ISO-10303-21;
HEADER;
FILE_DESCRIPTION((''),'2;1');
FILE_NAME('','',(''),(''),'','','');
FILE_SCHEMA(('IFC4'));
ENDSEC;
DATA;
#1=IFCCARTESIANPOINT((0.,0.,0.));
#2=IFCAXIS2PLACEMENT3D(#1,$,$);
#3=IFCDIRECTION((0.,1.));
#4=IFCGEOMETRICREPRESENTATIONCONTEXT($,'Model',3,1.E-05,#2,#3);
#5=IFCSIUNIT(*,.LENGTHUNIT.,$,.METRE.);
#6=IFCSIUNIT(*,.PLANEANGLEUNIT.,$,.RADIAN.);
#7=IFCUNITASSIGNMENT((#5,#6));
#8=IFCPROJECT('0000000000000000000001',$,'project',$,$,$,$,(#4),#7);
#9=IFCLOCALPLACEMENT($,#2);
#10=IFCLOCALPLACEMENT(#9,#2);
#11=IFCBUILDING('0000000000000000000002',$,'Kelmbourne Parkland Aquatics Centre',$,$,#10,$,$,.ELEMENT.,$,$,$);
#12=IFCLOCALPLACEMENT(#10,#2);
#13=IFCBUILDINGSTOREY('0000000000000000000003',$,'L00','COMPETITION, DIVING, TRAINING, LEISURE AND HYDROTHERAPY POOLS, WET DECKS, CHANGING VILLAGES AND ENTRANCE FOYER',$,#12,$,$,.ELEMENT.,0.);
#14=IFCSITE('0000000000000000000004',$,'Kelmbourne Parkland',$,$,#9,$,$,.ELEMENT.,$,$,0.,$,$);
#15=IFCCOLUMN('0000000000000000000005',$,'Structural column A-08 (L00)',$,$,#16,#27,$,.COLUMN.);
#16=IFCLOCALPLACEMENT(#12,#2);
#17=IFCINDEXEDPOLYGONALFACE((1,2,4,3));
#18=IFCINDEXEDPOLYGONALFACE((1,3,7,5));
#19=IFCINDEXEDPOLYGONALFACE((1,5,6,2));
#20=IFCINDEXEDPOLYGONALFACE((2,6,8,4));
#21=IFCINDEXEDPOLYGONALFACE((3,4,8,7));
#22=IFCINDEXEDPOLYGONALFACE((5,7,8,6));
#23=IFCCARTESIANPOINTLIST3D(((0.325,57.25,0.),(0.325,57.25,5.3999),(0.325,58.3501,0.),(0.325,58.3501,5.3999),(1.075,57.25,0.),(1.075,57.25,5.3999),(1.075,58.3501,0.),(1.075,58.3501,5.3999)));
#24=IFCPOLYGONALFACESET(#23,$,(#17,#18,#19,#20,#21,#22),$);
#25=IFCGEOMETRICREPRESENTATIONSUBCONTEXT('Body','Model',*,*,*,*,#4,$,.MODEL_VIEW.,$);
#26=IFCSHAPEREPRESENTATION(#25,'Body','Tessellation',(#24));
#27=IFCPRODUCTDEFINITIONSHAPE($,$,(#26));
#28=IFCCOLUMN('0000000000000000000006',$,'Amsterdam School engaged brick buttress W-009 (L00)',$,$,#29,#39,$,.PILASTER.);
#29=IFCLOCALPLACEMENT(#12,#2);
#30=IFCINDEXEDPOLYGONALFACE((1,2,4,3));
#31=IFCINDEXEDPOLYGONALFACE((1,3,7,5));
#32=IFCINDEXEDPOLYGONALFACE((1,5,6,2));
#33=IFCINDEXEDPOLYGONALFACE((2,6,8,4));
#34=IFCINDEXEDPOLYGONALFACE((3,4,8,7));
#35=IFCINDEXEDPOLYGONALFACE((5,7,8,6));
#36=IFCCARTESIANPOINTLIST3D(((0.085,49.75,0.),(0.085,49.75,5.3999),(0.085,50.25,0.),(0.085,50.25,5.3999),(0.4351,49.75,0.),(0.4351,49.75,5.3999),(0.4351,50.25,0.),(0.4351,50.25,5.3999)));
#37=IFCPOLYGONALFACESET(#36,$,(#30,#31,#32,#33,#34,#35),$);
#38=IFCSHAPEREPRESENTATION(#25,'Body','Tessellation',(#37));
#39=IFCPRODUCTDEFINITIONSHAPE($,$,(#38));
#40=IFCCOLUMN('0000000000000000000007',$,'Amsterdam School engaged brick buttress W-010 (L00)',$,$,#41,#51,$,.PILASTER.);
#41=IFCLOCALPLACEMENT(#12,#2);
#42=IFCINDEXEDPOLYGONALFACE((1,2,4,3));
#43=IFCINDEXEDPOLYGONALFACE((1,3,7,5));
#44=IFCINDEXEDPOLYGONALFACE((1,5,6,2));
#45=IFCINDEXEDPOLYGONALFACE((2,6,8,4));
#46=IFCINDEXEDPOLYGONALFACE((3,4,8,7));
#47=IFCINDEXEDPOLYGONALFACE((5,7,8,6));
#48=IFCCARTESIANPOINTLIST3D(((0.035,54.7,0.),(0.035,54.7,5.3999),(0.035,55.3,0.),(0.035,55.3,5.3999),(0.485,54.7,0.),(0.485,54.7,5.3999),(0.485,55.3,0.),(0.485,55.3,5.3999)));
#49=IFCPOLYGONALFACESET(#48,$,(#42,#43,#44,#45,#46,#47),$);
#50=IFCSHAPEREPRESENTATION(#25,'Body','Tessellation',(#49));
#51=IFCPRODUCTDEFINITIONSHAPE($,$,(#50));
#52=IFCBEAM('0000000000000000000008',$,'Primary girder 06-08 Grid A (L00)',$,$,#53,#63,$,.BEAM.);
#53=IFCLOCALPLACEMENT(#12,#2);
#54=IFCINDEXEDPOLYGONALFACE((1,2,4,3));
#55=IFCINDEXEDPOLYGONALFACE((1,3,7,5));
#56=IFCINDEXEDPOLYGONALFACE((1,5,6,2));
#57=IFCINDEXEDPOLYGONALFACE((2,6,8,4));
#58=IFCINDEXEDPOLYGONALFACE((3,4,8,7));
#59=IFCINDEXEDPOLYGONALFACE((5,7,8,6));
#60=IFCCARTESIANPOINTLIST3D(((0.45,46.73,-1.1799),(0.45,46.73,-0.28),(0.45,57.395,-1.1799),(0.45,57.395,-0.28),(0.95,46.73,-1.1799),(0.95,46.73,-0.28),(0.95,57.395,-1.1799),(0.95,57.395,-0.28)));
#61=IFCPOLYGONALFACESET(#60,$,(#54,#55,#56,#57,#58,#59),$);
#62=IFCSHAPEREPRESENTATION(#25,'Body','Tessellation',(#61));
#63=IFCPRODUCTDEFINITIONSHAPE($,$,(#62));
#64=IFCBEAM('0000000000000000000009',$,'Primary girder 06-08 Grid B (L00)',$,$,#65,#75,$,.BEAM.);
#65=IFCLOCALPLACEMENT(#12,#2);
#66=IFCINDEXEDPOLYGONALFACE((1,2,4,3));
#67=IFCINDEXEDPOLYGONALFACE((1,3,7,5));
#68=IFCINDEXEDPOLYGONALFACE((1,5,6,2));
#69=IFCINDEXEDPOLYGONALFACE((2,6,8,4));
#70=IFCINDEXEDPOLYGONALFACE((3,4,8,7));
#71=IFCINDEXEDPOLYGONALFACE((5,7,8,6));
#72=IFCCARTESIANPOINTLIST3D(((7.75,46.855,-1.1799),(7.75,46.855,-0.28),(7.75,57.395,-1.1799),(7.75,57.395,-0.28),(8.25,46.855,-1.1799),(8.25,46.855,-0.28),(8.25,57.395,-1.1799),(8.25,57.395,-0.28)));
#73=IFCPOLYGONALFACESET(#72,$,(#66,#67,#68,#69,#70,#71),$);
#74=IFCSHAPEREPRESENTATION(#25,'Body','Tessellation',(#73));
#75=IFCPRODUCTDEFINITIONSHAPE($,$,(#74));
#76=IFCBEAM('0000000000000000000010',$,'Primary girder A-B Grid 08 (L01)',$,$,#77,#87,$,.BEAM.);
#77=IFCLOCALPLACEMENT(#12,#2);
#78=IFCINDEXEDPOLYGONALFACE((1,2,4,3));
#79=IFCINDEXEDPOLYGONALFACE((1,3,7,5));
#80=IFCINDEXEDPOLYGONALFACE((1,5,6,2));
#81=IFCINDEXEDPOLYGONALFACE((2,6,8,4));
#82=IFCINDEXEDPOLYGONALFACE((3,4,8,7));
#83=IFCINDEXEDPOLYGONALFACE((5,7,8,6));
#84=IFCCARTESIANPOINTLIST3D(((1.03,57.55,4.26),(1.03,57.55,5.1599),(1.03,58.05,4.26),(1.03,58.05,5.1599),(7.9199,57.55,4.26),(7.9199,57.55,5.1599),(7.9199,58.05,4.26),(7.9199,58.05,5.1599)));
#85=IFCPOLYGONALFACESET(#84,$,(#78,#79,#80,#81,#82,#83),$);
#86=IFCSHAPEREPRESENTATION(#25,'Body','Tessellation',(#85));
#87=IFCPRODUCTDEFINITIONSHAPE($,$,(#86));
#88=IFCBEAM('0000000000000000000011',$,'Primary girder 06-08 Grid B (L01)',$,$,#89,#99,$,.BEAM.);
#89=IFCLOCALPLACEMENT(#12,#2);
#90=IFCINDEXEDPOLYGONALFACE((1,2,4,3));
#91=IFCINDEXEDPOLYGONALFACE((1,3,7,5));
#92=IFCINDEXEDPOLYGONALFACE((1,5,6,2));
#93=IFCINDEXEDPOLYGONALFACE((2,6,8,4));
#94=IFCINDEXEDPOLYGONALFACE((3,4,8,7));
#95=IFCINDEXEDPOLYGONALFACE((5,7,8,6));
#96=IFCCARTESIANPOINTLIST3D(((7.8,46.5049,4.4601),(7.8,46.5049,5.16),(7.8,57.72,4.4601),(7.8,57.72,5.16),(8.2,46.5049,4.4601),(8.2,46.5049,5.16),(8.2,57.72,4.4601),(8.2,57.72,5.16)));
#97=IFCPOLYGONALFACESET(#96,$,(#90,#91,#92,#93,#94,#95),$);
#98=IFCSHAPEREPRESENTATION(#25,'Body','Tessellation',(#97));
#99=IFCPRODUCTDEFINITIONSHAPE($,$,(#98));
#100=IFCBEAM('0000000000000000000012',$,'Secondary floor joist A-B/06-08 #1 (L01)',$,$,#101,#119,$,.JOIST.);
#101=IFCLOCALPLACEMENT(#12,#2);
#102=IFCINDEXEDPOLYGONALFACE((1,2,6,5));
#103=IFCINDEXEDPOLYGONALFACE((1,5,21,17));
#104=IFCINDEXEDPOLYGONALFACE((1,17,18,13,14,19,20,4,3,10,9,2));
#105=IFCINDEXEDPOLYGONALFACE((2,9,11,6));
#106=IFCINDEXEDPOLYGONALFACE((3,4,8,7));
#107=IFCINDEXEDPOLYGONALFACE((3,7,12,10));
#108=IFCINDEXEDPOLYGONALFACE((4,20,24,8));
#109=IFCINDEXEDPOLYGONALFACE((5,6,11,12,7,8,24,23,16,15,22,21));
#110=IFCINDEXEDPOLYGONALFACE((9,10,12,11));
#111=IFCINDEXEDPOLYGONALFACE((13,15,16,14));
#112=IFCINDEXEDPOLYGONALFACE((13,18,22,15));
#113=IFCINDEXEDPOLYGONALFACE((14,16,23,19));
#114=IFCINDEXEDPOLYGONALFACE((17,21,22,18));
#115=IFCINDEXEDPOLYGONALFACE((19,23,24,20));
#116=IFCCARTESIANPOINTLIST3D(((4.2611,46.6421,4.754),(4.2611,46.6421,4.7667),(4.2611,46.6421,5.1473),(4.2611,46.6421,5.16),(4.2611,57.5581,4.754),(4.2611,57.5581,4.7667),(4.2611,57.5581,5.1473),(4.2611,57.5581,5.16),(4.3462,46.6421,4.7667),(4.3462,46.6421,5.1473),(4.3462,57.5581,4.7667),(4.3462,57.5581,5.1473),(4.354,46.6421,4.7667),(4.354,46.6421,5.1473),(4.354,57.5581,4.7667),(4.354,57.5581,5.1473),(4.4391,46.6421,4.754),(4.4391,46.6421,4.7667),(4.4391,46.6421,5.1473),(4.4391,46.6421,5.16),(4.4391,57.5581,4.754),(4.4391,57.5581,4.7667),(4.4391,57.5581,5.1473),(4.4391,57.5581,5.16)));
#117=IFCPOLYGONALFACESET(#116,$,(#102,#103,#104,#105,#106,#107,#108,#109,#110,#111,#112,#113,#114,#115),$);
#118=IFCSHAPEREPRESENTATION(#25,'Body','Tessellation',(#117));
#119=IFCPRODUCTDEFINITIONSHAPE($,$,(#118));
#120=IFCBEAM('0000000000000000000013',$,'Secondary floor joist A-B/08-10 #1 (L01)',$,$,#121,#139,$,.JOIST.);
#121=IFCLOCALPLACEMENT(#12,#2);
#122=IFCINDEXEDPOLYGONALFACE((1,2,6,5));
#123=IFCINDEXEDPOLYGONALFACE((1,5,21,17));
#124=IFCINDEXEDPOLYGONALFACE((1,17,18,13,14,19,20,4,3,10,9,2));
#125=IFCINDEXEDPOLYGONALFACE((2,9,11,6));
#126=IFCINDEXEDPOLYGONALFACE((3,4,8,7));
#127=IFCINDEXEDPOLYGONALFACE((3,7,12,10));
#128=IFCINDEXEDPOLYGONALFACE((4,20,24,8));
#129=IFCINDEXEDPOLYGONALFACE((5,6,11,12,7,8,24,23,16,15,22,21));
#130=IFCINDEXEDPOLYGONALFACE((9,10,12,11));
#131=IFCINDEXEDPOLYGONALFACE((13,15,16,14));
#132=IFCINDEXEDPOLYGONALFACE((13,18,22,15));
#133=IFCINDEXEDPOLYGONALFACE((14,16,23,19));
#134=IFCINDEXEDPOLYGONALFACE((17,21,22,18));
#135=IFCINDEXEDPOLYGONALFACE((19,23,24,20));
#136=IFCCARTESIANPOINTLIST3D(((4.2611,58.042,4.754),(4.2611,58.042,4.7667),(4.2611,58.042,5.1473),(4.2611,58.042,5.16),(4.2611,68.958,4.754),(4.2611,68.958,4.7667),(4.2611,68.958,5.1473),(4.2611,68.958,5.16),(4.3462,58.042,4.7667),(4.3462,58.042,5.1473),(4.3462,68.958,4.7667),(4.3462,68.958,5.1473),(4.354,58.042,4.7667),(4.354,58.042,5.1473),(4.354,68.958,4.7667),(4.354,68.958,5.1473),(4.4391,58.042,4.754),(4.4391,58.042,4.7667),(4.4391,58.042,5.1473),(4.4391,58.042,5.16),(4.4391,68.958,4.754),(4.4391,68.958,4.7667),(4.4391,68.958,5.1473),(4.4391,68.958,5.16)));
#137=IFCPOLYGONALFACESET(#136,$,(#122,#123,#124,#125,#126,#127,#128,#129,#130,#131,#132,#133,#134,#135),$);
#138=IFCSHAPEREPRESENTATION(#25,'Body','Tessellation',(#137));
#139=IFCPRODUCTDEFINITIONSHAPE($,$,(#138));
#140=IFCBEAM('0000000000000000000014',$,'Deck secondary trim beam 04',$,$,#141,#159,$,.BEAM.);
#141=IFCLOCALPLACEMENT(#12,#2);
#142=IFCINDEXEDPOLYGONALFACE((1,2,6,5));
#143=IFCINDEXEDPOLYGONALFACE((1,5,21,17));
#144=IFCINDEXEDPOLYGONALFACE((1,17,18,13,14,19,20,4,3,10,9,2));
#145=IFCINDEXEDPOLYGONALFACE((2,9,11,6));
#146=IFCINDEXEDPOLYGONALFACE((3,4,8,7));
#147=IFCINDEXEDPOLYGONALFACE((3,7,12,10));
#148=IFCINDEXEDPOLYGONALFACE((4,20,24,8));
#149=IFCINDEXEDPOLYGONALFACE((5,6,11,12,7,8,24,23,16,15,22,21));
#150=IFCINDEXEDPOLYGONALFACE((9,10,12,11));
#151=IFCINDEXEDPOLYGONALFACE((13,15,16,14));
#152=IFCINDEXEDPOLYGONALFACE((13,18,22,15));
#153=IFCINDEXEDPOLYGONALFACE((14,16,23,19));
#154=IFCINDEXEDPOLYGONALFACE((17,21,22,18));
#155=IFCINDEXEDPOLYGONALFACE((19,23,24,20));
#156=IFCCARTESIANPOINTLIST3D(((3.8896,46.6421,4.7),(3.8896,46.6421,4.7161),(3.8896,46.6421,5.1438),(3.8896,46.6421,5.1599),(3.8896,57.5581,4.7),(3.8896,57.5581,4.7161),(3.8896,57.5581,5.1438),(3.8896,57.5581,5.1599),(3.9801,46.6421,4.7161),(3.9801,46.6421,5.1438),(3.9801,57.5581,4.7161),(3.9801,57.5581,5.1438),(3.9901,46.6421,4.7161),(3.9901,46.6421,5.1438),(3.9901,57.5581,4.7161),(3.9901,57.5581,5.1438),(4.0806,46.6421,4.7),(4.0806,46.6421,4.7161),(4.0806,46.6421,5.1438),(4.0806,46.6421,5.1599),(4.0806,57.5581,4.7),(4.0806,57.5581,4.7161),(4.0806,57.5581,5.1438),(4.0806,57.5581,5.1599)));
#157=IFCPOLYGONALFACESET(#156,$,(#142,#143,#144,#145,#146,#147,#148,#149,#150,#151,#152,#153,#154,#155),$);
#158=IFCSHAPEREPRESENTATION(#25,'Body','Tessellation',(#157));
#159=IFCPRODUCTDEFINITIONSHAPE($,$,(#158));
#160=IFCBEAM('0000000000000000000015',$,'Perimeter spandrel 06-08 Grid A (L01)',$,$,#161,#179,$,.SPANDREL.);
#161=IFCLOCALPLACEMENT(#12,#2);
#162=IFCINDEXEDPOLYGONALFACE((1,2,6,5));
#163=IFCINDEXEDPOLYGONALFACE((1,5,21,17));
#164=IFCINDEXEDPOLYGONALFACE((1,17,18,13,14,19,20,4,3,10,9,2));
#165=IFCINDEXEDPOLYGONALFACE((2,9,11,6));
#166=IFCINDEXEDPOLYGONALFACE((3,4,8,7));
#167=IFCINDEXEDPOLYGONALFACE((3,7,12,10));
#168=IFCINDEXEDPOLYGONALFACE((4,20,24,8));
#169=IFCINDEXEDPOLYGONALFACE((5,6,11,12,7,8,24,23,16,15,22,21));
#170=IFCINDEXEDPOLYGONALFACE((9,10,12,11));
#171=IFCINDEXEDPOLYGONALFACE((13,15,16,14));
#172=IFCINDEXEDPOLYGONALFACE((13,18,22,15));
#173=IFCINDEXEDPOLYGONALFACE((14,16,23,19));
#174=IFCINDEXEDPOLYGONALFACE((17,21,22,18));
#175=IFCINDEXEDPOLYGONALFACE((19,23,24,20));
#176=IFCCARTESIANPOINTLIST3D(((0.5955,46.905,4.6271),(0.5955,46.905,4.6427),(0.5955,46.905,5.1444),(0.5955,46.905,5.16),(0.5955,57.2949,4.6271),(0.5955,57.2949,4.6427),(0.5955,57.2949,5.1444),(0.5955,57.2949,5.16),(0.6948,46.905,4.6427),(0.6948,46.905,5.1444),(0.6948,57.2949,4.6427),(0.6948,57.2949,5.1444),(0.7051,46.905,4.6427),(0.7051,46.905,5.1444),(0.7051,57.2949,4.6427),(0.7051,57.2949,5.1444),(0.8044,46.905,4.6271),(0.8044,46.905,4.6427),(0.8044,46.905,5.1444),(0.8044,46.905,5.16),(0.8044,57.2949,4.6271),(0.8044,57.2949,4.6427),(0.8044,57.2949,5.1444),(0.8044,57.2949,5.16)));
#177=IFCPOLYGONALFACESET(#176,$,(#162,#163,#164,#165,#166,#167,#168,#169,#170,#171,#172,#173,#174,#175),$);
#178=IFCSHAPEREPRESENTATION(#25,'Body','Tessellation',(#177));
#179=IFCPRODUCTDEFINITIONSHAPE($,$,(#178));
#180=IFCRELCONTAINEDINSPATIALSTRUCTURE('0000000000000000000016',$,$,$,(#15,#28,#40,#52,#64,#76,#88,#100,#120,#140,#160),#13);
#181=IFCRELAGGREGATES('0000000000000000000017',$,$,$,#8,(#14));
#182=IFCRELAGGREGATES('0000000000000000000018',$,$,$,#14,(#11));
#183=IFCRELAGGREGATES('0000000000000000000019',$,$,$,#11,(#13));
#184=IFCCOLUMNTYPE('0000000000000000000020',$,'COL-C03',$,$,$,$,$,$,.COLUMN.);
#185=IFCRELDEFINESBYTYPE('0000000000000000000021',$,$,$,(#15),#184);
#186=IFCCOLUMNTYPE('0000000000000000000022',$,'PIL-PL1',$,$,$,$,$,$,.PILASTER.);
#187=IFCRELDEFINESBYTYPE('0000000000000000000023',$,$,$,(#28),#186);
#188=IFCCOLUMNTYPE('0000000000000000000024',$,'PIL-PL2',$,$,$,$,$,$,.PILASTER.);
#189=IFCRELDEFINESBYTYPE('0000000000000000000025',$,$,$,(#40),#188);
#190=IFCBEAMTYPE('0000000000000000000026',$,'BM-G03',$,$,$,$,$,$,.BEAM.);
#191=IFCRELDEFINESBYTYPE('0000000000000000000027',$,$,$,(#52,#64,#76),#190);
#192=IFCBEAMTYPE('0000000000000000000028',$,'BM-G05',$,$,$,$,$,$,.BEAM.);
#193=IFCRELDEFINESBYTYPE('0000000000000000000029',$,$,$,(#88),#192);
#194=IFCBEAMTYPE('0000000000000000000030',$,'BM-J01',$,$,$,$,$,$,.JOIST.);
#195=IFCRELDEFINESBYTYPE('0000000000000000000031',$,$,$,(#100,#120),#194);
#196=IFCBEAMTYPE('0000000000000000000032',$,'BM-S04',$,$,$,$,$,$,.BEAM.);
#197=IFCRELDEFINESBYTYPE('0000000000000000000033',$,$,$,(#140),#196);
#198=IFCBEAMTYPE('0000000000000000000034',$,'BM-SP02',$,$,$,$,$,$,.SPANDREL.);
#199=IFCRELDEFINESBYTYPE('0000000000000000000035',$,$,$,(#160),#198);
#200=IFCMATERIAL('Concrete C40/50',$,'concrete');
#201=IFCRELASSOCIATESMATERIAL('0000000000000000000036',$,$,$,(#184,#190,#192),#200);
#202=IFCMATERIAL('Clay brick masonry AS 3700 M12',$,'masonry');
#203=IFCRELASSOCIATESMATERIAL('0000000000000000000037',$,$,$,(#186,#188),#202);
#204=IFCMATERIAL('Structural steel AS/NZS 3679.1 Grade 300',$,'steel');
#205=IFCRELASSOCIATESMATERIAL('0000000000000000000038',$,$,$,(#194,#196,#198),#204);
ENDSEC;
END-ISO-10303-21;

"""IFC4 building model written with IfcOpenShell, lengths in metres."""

from ifc_helpers import new_model, si_unit, direction, frame, origin, origin_2d, place, context, subcontext, project, spatial, rectangle, i_section, extrude, material, material_profile, profile_set, type_object, element, save


model = new_model("IFC4")

# Units and contexts
model_context = context("Model", 3, precision=1e-05, world=origin(), true_north=direction((0.0, 1.0)))
body_context = subcontext(model_context, "Body", "Model", "MODEL_VIEW")
ifc_project = project(units=[si_unit("LENGTHUNIT", "METRE"), si_unit("PLANEANGLEUNIT", "RADIAN")], contexts=[model_context])

# Site, building, storey
site_placement = place(None, origin())
site = spatial("IfcSite", under=ifc_project, at=site_placement, Name="Kelmbourne Parkland", CompositionType="ELEMENT", RefElevation=0.0)
building_placement = place(site_placement, origin())
building = spatial("IfcBuilding", under=site, at=building_placement, Name="Kelmbourne Parkland Aquatics Centre", CompositionType="ELEMENT")
storey_placement = place(building_placement, origin())
storey = spatial("IfcBuildingStorey", under=building, at=storey_placement, Name="L00", Description="COMPETITION, DIVING, TRAINING, LEISURE AND HYDROTHERAPY POOLS, WET DECKS, CHANGING VILLAGES AND ENTRANCE FOYER", CompositionType="ELEMENT", Elevation=0.0)

# Columns
ifc_material_1 = material(Name="Concrete C40/50", Category="concrete")
ifc_material_profile_1 = material_profile(ifc_material_1, rectangle(XDim=0.75, YDim=1.1001, at=origin_2d()), Name="RC 750x1100")
ifc_profile_set_1 = profile_set([ifc_material_profile_1], Name="Concrete C40/50")
column_type_1 = type_object("IfcColumnType", Name="COL-C03", PredefinedType="COLUMN", material=ifc_profile_set_1)
column_1_placement = place(storey_placement, frame((0.7, 57.8, 0.0), z_axis=(0.0, 0.0, 1.0), x_axis=(1.0, 0.0, 0.0)))
element("IfcColumn", 1, at=column_1_placement, inside=storey, type_object=column_type_1, Name="Structural column A-08 (L00)", PredefinedType="COLUMN", context=body_context, shape_type="SweptSolid", body=[
    extrude(rectangle(XDim=0.75, YDim=1.1001, at=origin_2d()), origin(), (0.0, 0.0, 1.0), 5.3999),
])
ifc_material_2 = material(Name="Clay brick masonry AS 3700 M12", Category="masonry")
ifc_material_profile_2 = material_profile(ifc_material_2, rectangle(XDim=0.3501, YDim=0.5, at=origin_2d()), Name="PIL 350x500")
ifc_profile_set_2 = profile_set([ifc_material_profile_2], Name="Clay brick masonry AS 3700 M12")
column_type_2 = type_object("IfcColumnType", Name="PIL-PL1", PredefinedType="PILASTER", material=ifc_profile_set_2)
column_2_placement = place(storey_placement, frame((0.26, 50.0, 0.0), z_axis=(0.0, 0.0, 1.0), x_axis=(1.0, 0.0, 0.0)))
element("IfcColumn", 2, at=column_2_placement, inside=storey, type_object=column_type_2, Name="Amsterdam School engaged brick buttress W-009 (L00)", PredefinedType="PILASTER", context=body_context, shape_type="SweptSolid", body=[
    extrude(rectangle(XDim=0.3501, YDim=0.5, at=origin_2d()), origin(), (0.0, 0.0, 1.0), 5.3999),
])
ifc_material_profile_3 = material_profile(ifc_material_2, rectangle(XDim=0.45, YDim=0.6001, at=origin_2d()), Name="PIL 450x600")
ifc_profile_set_3 = profile_set([ifc_material_profile_3], Name="Clay brick masonry AS 3700 M12")
column_type_3 = type_object("IfcColumnType", Name="PIL-PL2", PredefinedType="PILASTER", material=ifc_profile_set_3)
column_3_placement = place(storey_placement, frame((0.26, 55.0, 0.0), z_axis=(0.0, 0.0, 1.0), x_axis=(1.0, 0.0, 0.0)))
element("IfcColumn", 3, at=column_3_placement, inside=storey, type_object=column_type_3, Name="Amsterdam School engaged brick buttress W-010 (L00)", PredefinedType="PILASTER", context=body_context, shape_type="SweptSolid", body=[
    extrude(rectangle(XDim=0.45, YDim=0.6001, at=origin_2d()), origin(), (0.0, 0.0, 1.0), 5.3999),
])

# Beams
ifc_material_profile_4 = material_profile(ifc_material_1, rectangle(XDim=0.5, YDim=0.8999, at=origin_2d()), Name="RC 500x900")
ifc_profile_set_4 = profile_set([ifc_material_profile_4], Name="Concrete C40/50")
beam_type_1 = type_object("IfcBeamType", Name="BM-G03", PredefinedType="BEAM", material=ifc_profile_set_4)
beam_1_placement = place(storey_placement, frame((0.7, 46.73, -0.73), z_axis=(0.0, 1.0, 0.0), x_axis=(-1.0, 0.0, 0.0)))
element("IfcBeam", 4, at=beam_1_placement, inside=storey, type_object=beam_type_1, Name="Primary girder 06-08 Grid A (L00)", PredefinedType="BEAM", context=body_context, shape_type="SweptSolid", body=[
    extrude(rectangle(XDim=0.5, YDim=0.8999, at=origin_2d()), origin(), (0.0, 0.0, 1.0), 10.665),
])
beam_2_placement = place(storey_placement, frame((8.0, 46.855, -0.73), z_axis=(0.0, 1.0, 0.0), x_axis=(-1.0, 0.0, 0.0)))
element("IfcBeam", 5, at=beam_2_placement, inside=storey, type_object=beam_type_1, Name="Primary girder 06-08 Grid B (L00)", PredefinedType="BEAM", context=body_context, shape_type="SweptSolid", body=[
    extrude(rectangle(XDim=0.5, YDim=0.8999, at=origin_2d()), origin(), (0.0, 0.0, 1.0), 10.54),
])
beam_3_placement = place(storey_placement, frame((1.03, 57.8, 4.71), z_axis=(1.0, 0.0, 0.0), x_axis=(0.0, 1.0, 0.0)))
element("IfcBeam", 6, at=beam_3_placement, inside=storey, type_object=beam_type_1, Name="Primary girder A-B Grid 08 (L01)", PredefinedType="BEAM", context=body_context, shape_type="SweptSolid", body=[
    extrude(rectangle(XDim=0.5, YDim=0.8999, at=origin_2d()), origin(), (0.0, 0.0, 1.0), 6.8899),
])
ifc_material_profile_5 = material_profile(ifc_material_1, rectangle(XDim=0.3999, YDim=0.7, at=origin_2d()), Name="RC 400x700")
ifc_profile_set_5 = profile_set([ifc_material_profile_5], Name="Concrete C40/50")
beam_type_2 = type_object("IfcBeamType", Name="BM-G05", PredefinedType="BEAM", material=ifc_profile_set_5)
beam_4_placement = place(storey_placement, frame((8.0, 46.5049, 4.8101), z_axis=(0.0, 1.0, 0.0), x_axis=(-1.0, 0.0, 0.0)))
element("IfcBeam", 7, at=beam_4_placement, inside=storey, type_object=beam_type_2, Name="Primary girder 06-08 Grid B (L01)", PredefinedType="BEAM", context=body_context, shape_type="SweptSolid", body=[
    extrude(rectangle(XDim=0.3999, YDim=0.7, at=origin_2d()), origin(), (0.0, 0.0, 1.0), 11.2151),
])
ifc_material_3 = material(Name="Structural steel AS/NZS 3679.1 Grade 300", Category="steel")
ifc_material_profile_6 = material_profile(ifc_material_3, i_section(OverallWidth=0.178, OverallDepth=0.406, WebThickness=0.0078, FlangeThickness=0.0127, at=origin_2d()), Name="410UB59.7")
ifc_profile_set_6 = profile_set([ifc_material_profile_6], Name="Structural steel AS/NZS 3679.1 Grade 300")
beam_type_3 = type_object("IfcBeamType", Name="BM-J01", PredefinedType="JOIST", material=ifc_profile_set_6)
for number, where, z_axis, x_axis, name in (
    (8, (4.3501, 46.6421, 4.957), (0.0, 1.0, 0.0), (-1.0, 0.0, 0.0), "Secondary floor joist A-B/06-08 #1 (L01)"),
    (9, (4.3501, 58.042, 4.957), (0.0, 1.0, 0.0), (-1.0, 0.0, 0.0), "Secondary floor joist A-B/08-10 #1 (L01)"),
):
    element("IfcBeam", number, at=place(storey_placement, frame(where, z_axis=z_axis, x_axis=x_axis)), inside=storey, type_object=beam_type_3, Name=name, PredefinedType="JOIST", context=body_context, shape_type="SweptSolid", body=[
        extrude(i_section(OverallWidth=0.178, OverallDepth=0.406, WebThickness=0.0078, FlangeThickness=0.0127, at=origin_2d()), origin(), (0.0, 0.0, 1.0), 10.916),
    ])
ifc_material_profile_7 = material_profile(ifc_material_3, i_section(OverallWidth=0.1909, OverallDepth=0.46, WebThickness=0.01, FlangeThickness=0.0161, at=origin_2d()), Name="460UB82.1")
ifc_profile_set_7 = profile_set([ifc_material_profile_7], Name="Structural steel AS/NZS 3679.1 Grade 300")
beam_type_4 = type_object("IfcBeamType", Name="BM-S04", PredefinedType="BEAM", material=ifc_profile_set_7)
beam_5_placement = place(storey_placement, frame((3.9851, 46.6421, 4.9299), z_axis=(0.0, 1.0, 0.0), x_axis=(-1.0, 0.0, 0.0)))
element("IfcBeam", 10, at=beam_5_placement, inside=storey, type_object=beam_type_4, Name="Deck secondary trim beam 04", PredefinedType="BEAM", context=body_context, shape_type="SweptSolid", body=[
    extrude(i_section(OverallWidth=0.1909, OverallDepth=0.46, WebThickness=0.01, FlangeThickness=0.0161, at=origin_2d()), origin(), (0.0, 0.0, 1.0), 10.916),
])
ifc_material_profile_8 = material_profile(ifc_material_3, i_section(OverallWidth=0.209, OverallDepth=0.533, WebThickness=0.0103, FlangeThickness=0.0156, at=origin_2d()), Name="530UB92.4")
ifc_profile_set_8 = profile_set([ifc_material_profile_8], Name="Structural steel AS/NZS 3679.1 Grade 300")
beam_type_5 = type_object("IfcBeamType", Name="BM-SP02", PredefinedType="SPANDREL", material=ifc_profile_set_8)
beam_6_placement = place(storey_placement, frame((0.7, 46.905, 4.8936), z_axis=(0.0, 1.0, 0.0), x_axis=(-1.0, 0.0, 0.0)))
element("IfcBeam", 11, at=beam_6_placement, inside=storey, type_object=beam_type_5, Name="Perimeter spandrel 06-08 Grid A (L01)", PredefinedType="SPANDREL", context=body_context, shape_type="SweptSolid", body=[
    extrude(i_section(OverallWidth=0.209, OverallDepth=0.533, WebThickness=0.0103, FlangeThickness=0.0156, at=origin_2d()), origin(), (0.0, 0.0, 1.0), 10.3899),
])

save(model, "model.ifc")
